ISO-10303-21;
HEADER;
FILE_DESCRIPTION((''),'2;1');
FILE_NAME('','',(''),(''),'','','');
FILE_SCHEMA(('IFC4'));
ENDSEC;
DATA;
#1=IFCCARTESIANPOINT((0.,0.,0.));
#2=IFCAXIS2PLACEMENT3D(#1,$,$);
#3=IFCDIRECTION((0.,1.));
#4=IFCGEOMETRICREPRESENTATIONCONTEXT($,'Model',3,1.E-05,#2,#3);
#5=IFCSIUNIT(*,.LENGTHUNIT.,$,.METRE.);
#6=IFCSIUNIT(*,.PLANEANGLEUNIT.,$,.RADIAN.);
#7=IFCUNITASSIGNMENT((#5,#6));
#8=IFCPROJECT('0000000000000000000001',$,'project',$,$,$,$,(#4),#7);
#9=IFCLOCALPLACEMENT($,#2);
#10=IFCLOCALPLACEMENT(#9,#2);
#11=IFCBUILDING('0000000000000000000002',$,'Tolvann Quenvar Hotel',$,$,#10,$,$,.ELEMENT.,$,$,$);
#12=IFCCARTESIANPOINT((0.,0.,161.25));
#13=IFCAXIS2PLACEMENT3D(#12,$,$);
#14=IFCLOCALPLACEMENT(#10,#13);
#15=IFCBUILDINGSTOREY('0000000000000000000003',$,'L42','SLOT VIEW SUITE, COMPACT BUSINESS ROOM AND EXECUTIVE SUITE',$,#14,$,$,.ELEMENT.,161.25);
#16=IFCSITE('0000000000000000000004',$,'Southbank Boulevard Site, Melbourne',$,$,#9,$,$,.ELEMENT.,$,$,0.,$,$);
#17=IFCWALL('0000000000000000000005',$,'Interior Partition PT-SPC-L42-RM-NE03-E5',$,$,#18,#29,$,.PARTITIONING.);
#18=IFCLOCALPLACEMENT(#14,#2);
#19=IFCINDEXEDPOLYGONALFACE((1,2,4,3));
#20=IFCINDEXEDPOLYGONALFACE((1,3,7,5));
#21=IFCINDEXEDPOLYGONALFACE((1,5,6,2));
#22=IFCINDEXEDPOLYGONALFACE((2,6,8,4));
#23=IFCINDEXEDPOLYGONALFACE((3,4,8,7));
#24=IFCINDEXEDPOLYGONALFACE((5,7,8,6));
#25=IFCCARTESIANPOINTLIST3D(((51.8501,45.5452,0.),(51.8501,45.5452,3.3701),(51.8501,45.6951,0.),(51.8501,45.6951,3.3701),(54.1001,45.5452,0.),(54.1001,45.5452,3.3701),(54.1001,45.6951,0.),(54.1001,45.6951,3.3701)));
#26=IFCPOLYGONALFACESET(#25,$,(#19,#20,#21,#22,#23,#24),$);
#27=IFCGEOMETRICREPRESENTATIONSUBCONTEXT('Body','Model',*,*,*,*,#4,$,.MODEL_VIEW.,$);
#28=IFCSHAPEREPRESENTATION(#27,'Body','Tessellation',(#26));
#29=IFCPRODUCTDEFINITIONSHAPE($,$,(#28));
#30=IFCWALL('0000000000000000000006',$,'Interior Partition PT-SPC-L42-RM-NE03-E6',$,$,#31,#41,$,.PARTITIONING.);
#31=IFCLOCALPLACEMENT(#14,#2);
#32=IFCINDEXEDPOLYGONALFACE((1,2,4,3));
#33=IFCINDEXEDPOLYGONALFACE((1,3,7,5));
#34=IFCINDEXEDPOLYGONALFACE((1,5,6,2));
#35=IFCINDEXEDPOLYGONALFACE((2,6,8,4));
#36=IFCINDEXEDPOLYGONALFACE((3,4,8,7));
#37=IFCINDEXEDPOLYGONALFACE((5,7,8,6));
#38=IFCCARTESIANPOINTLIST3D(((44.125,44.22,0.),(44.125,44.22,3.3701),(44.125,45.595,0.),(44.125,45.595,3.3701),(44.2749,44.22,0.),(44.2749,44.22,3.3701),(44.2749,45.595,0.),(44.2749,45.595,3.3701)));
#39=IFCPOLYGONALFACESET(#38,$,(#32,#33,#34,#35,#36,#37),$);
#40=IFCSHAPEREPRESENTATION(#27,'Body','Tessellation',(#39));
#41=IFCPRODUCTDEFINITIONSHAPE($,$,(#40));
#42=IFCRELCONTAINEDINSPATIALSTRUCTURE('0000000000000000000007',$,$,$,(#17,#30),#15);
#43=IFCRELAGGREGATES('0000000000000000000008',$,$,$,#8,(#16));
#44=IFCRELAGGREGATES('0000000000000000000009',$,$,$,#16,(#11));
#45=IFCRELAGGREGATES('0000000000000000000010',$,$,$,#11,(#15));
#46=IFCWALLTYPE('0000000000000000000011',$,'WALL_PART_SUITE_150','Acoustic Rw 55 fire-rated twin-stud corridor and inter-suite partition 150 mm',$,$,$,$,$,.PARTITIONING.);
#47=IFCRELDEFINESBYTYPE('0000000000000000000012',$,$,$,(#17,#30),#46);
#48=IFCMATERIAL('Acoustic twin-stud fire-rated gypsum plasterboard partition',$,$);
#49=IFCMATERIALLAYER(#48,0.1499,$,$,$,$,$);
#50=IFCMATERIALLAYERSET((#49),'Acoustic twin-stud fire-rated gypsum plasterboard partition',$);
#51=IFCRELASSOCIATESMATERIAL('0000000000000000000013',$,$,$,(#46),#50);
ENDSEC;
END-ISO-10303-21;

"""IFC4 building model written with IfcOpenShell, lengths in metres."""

from ifc_helpers import new_model, si_unit, direction, frame, frame_2d, origin, place, context, subcontext, project, spatial, rectangle, extrude, material, layer, layer_set, type_object, element, save


model = new_model("IFC4")

# Units and contexts
model_context = context("Model", 3, precision=1e-05, world=origin(), true_north=direction((0.0, 1.0)))
body_context = subcontext(model_context, "Body", "Model", "MODEL_VIEW")
ifc_project = project(units=[si_unit("LENGTHUNIT", "METRE"), si_unit("PLANEANGLEUNIT", "RADIAN")], contexts=[model_context])

# Site, building, storey
site_placement = place(None, origin())
site = spatial("IfcSite", under=ifc_project, at=site_placement, Name="Southbank Boulevard Site, Melbourne", CompositionType="ELEMENT", RefElevation=0.0)
building_placement = place(site_placement, origin())
building = spatial("IfcBuilding", under=site, at=building_placement, Name="Tolvann Quenvar Hotel", CompositionType="ELEMENT")
storey_placement = place(building_placement, frame((0.0, 0.0, 161.25)))
storey = spatial("IfcBuildingStorey", under=building, at=storey_placement, Name="L42", Description="SLOT VIEW SUITE, COMPACT BUSINESS ROOM AND EXECUTIVE SUITE", CompositionType="ELEMENT", Elevation=161.25)

# Walls
ifc_material_1 = material(Name="Acoustic twin-stud fire-rated gypsum plasterboard partition")
ifc_layer_1 = layer(ifc_material_1, 0.1499)
ifc_layer_set_1 = layer_set([ifc_layer_1], Name="Acoustic twin-stud fire-rated gypsum plasterboard partition")
wall_type_1 = type_object("IfcWallType", Name="WALL_PART_SUITE_150", Description="Acoustic Rw 55 fire-rated twin-stud corridor and inter-suite partition 150 mm", PredefinedType="PARTITIONING", material=ifc_layer_set_1)
wall_1_placement = place(storey_placement, frame((51.8501, 45.6201, 0.0), z_axis=(0.0, 0.0, 1.0), x_axis=(1.0, 0.0, 0.0)))
element("IfcWall", 1, at=wall_1_placement, inside=storey, type_object=wall_type_1, Name="Interior Partition PT-SPC-L42-RM-NE03-E5", PredefinedType="PARTITIONING", context=body_context, shape_type="SweptSolid", body=[
    extrude(rectangle(XDim=2.25, YDim=0.1499, at=frame_2d((1.125, 0.0))), origin(), (0.0, 0.0, 1.0), 3.3701),
])
wall_2_placement = place(storey_placement, frame((44.2, 44.22, 0.0), z_axis=(0.0, 0.0, 1.0), x_axis=(0.0, 1.0, 0.0)))
element("IfcWall", 2, at=wall_2_placement, inside=storey, type_object=wall_type_1, Name="Interior Partition PT-SPC-L42-RM-NE03-E6", PredefinedType="PARTITIONING", context=body_context, shape_type="SweptSolid", body=[
    extrude(rectangle(XDim=1.375, YDim=0.1499, at=frame_2d((0.6875, 0.0))), origin(), (0.0, 0.0, 1.0), 3.3701),
])

save(model, "model.ifc")
